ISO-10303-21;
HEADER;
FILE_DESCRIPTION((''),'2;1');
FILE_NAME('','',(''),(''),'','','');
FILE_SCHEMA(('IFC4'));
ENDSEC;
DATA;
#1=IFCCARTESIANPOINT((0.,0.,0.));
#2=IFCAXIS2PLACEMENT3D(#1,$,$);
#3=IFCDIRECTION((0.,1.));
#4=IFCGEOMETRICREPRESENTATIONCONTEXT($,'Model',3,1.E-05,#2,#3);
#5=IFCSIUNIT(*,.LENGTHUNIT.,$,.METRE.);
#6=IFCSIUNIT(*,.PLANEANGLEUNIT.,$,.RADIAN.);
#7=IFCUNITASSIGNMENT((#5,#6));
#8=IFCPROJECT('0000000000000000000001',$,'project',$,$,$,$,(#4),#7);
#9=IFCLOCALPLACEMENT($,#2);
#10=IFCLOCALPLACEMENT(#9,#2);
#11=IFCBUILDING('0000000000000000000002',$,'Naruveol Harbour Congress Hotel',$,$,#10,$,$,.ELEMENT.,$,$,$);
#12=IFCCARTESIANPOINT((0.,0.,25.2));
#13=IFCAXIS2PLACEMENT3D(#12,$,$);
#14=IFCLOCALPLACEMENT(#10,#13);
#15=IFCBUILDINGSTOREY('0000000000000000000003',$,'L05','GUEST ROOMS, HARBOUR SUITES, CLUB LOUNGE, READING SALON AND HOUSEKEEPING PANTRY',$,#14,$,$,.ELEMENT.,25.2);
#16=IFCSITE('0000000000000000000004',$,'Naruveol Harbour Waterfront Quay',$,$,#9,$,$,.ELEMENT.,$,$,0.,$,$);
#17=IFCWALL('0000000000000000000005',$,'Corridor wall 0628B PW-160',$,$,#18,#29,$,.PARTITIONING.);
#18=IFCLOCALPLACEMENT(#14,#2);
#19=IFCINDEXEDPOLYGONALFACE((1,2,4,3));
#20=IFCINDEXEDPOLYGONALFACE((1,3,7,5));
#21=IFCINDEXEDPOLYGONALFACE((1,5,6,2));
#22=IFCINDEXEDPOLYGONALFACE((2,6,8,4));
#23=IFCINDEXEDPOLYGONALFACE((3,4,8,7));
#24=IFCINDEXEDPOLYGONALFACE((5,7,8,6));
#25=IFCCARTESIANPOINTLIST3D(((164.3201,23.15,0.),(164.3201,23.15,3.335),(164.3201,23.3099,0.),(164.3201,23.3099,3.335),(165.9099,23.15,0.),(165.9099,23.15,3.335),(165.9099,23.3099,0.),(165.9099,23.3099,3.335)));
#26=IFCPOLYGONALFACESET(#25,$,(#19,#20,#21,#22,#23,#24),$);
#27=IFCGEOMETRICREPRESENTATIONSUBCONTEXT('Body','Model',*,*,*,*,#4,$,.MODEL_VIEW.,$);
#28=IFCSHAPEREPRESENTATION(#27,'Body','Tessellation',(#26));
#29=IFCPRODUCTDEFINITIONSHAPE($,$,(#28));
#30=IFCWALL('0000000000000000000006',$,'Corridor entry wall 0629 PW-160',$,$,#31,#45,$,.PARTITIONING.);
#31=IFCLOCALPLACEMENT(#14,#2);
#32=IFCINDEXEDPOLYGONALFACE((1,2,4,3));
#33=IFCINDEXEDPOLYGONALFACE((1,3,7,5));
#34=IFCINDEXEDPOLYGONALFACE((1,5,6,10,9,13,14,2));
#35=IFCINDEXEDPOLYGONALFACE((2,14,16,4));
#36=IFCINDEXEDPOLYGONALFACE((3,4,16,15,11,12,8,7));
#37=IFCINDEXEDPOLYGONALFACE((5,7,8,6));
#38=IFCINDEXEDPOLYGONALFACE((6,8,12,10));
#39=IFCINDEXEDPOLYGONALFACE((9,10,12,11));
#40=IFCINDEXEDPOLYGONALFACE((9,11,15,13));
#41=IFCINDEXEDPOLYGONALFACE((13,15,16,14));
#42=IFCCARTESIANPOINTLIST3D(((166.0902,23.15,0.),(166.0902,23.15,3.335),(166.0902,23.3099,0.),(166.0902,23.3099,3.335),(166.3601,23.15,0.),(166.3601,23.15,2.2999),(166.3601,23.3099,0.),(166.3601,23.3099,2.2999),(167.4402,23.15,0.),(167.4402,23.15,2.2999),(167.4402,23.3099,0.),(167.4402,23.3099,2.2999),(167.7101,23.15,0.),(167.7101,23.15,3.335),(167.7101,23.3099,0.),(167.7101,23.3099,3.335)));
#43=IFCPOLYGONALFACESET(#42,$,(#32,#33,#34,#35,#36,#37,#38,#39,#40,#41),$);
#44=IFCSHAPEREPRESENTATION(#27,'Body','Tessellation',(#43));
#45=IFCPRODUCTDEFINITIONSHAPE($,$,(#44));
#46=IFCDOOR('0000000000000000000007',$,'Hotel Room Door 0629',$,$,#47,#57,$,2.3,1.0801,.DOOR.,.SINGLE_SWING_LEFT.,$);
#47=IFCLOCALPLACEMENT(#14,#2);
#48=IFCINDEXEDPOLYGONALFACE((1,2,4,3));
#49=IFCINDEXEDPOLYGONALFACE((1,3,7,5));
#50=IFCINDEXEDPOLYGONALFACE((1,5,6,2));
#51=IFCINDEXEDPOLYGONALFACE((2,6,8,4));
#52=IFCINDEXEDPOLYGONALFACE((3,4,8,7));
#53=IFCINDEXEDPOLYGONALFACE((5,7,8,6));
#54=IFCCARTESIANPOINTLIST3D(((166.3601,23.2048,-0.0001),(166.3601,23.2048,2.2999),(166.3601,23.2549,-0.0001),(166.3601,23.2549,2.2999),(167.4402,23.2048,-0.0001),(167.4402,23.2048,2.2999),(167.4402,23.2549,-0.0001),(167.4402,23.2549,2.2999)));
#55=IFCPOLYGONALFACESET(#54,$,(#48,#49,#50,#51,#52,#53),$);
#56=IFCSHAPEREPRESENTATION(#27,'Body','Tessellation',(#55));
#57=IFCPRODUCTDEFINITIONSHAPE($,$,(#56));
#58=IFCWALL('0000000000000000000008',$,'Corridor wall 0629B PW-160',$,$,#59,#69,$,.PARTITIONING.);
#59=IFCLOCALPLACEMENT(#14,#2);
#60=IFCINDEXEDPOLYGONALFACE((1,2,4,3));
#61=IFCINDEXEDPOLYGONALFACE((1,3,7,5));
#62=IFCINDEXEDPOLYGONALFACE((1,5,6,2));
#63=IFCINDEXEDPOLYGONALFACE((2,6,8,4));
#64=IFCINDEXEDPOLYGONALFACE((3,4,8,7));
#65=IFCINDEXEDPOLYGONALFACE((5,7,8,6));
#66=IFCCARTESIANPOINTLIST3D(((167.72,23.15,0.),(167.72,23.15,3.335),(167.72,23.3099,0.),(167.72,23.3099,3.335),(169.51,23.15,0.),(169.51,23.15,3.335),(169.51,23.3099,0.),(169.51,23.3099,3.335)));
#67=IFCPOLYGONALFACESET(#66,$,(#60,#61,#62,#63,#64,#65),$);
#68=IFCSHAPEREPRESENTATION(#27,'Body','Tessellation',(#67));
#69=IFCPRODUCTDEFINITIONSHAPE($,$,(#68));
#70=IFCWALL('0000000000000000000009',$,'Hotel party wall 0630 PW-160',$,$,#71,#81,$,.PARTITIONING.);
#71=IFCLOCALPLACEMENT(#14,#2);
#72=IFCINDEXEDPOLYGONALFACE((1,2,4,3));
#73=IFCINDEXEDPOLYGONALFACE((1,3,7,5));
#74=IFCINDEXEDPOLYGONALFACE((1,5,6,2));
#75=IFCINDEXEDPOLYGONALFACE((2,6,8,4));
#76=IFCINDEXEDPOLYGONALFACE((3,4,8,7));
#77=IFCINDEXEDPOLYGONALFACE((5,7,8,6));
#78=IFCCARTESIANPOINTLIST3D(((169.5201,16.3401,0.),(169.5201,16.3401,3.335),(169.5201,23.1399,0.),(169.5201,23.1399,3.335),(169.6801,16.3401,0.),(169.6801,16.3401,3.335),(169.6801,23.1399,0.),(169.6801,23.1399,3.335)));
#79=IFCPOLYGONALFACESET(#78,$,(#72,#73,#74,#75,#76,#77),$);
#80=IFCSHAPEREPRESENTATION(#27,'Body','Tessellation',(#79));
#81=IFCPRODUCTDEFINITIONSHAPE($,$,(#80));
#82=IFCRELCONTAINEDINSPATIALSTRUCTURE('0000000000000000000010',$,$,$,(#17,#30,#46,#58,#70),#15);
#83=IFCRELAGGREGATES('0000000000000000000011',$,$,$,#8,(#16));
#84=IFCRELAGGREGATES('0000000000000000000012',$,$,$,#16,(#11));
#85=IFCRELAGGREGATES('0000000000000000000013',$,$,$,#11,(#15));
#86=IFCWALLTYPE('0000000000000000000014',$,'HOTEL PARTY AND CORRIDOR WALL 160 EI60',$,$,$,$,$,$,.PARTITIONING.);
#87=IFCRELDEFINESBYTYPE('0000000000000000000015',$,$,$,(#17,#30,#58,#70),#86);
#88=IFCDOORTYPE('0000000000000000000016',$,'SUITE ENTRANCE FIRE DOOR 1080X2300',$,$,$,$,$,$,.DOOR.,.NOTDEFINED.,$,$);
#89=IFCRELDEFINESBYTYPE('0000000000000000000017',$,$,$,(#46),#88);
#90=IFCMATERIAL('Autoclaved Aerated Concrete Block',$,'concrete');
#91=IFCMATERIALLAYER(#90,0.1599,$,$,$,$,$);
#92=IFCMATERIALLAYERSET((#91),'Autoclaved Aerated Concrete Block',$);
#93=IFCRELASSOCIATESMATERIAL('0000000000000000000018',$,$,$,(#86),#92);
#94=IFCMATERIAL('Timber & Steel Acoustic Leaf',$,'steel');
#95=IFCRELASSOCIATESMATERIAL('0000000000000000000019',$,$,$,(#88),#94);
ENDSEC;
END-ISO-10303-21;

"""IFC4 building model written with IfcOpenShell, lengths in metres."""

from ifc_helpers import new_model, si_unit, direction, frame, frame_2d, origin, place, context, subcontext, project, spatial, rectangle, extrude, material, layer, layer_set, type_object, element, fill, save


model = new_model("IFC4")

# Units and contexts
model_context = context("Model", 3, precision=1e-05, world=origin(), true_north=direction((0.0, 1.0)))
body_context = subcontext(model_context, "Body", "Model", "MODEL_VIEW")
ifc_project = project(units=[si_unit("LENGTHUNIT", "METRE"), si_unit("PLANEANGLEUNIT", "RADIAN")], contexts=[model_context])

# Site, building, storey
site_placement = place(None, origin())
site = spatial("IfcSite", under=ifc_project, at=site_placement, Name="Naruveol Harbour Waterfront Quay", CompositionType="ELEMENT", RefElevation=0.0)
building_placement = place(site_placement, origin())
building = spatial("IfcBuilding", under=site, at=building_placement, Name="Naruveol Harbour Congress Hotel", CompositionType="ELEMENT")
storey_placement = place(building_placement, frame((0.0, 0.0, 25.2)))
storey = spatial("IfcBuildingStorey", under=building, at=storey_placement, Name="L05", Description="GUEST ROOMS, HARBOUR SUITES, CLUB LOUNGE, READING SALON AND HOUSEKEEPING PANTRY", CompositionType="ELEMENT", Elevation=25.2)

# Shared definitions
ifc_material_1 = material(Name="Autoclaved Aerated Concrete Block", Category="concrete")
ifc_layer_1 = layer(ifc_material_1, 0.1599)
ifc_layer_set_1 = layer_set([ifc_layer_1], Name="Autoclaved Aerated Concrete Block")
wall_type_1 = type_object("IfcWallType", Name="HOTEL PARTY AND CORRIDOR WALL 160 EI60", PredefinedType="PARTITIONING", material=ifc_layer_set_1)

# Wall
wall_1_placement = place(storey_placement, frame((164.3201, 23.23, 0.0), z_axis=(0.0, 0.0, 1.0), x_axis=(1.0, 0.0, 0.0)))
element("IfcWall", 1, at=wall_1_placement, inside=storey, type_object=wall_type_1, Name="Corridor wall 0628B PW-160", PredefinedType="PARTITIONING", context=body_context, shape_type="SweptSolid", body=[
    extrude(rectangle(XDim=1.5898, YDim=0.1599, at=frame_2d((0.7949, 0.0))), origin(), (0.0, 0.0, 1.0), 3.335),
])

# Wall, opening, door
wall_2_placement = place(storey_placement, frame((166.0901, 23.23, 0.0), z_axis=(0.0, 0.0, 1.0), x_axis=(1.0, 0.0, 0.0)))
wall_2 = element("IfcWall", 2, at=wall_2_placement, inside=storey, type_object=wall_type_1, Name="Corridor entry wall 0629 PW-160", PredefinedType="PARTITIONING", context=body_context, shape_type="SweptSolid", body=[
    extrude(rectangle(XDim=1.6199, YDim=0.1599, at=frame_2d((0.8101, 0.0))), origin(), (0.0, 0.0, 1.0), 3.335),
])
opening_1_placement = place(wall_2_placement, frame((0.27, 0.0, 0.0)))
opening_1 = element("IfcOpeningElement", 3, at=opening_1_placement, cuts=wall_2, PredefinedType="OPENING", context=body_context, shape_type="SweptSolid", body=[
    extrude(rectangle(XDim=1.0801, YDim=2.3, at=frame_2d((0.54, 1.1499))), frame((0.0, 0.0898, 0.0), z_axis=(0.0, -1.0, 0.0), x_axis=(1.0, 0.0, 0.0)), (0.0, 0.0, 1.0), 0.1799),
])
ifc_material_2 = material(Name="Timber & Steel Acoustic Leaf", Category="steel")
door_type_1 = type_object("IfcDoorType", Name="SUITE ENTRANCE FIRE DOOR 1080X2300", OperationType="NOTDEFINED", PredefinedType="DOOR", material=ifc_material_2)
door_1_placement = place(opening_1_placement, origin())
door_1 = element("IfcDoor", 4, at=door_1_placement, inside=storey, type_object=door_type_1, Name="Hotel Room Door 0629", OperationType="SINGLE_SWING_LEFT", OverallHeight=2.3, OverallWidth=1.0801, PredefinedType="DOOR", context=body_context, shape_type="SweptSolid", body=[
    extrude(rectangle(XDim=1.0801, YDim=2.3, at=frame_2d((0.54, 1.1499))), frame((0.0, 0.0249, 0.0), z_axis=(0.0, -1.0, 0.0), x_axis=(1.0, 0.0, 0.0)), (0.0, 0.0, 1.0), 0.05),
])
fill(opening_1, door_1)

# Walls
wall_3_placement = place(storey_placement, frame((167.72, 23.23, 0.0), z_axis=(0.0, 0.0, 1.0), x_axis=(1.0, 0.0, 0.0)))
element("IfcWall", 5, at=wall_3_placement, inside=storey, type_object=wall_type_1, Name="Corridor wall 0629B PW-160", PredefinedType="PARTITIONING", context=body_context, shape_type="SweptSolid", body=[
    extrude(rectangle(XDim=1.79, YDim=0.1599, at=frame_2d((0.895, 0.0))), origin(), (0.0, 0.0, 1.0), 3.335),
])
wall_4_placement = place(storey_placement, frame((169.6001, 16.3401, 0.0), z_axis=(0.0, 0.0, 1.0), x_axis=(0.0, 1.0, 0.0)))
element("IfcWall", 6, at=wall_4_placement, inside=storey, type_object=wall_type_1, Name="Hotel party wall 0630 PW-160", PredefinedType="PARTITIONING", context=body_context, shape_type="SweptSolid", body=[
    extrude(rectangle(XDim=6.7998, YDim=0.1599, at=frame_2d((3.3999, 0.0))), origin(), (0.0, 0.0, 1.0), 3.335),
])

save(model, "model.ifc")
